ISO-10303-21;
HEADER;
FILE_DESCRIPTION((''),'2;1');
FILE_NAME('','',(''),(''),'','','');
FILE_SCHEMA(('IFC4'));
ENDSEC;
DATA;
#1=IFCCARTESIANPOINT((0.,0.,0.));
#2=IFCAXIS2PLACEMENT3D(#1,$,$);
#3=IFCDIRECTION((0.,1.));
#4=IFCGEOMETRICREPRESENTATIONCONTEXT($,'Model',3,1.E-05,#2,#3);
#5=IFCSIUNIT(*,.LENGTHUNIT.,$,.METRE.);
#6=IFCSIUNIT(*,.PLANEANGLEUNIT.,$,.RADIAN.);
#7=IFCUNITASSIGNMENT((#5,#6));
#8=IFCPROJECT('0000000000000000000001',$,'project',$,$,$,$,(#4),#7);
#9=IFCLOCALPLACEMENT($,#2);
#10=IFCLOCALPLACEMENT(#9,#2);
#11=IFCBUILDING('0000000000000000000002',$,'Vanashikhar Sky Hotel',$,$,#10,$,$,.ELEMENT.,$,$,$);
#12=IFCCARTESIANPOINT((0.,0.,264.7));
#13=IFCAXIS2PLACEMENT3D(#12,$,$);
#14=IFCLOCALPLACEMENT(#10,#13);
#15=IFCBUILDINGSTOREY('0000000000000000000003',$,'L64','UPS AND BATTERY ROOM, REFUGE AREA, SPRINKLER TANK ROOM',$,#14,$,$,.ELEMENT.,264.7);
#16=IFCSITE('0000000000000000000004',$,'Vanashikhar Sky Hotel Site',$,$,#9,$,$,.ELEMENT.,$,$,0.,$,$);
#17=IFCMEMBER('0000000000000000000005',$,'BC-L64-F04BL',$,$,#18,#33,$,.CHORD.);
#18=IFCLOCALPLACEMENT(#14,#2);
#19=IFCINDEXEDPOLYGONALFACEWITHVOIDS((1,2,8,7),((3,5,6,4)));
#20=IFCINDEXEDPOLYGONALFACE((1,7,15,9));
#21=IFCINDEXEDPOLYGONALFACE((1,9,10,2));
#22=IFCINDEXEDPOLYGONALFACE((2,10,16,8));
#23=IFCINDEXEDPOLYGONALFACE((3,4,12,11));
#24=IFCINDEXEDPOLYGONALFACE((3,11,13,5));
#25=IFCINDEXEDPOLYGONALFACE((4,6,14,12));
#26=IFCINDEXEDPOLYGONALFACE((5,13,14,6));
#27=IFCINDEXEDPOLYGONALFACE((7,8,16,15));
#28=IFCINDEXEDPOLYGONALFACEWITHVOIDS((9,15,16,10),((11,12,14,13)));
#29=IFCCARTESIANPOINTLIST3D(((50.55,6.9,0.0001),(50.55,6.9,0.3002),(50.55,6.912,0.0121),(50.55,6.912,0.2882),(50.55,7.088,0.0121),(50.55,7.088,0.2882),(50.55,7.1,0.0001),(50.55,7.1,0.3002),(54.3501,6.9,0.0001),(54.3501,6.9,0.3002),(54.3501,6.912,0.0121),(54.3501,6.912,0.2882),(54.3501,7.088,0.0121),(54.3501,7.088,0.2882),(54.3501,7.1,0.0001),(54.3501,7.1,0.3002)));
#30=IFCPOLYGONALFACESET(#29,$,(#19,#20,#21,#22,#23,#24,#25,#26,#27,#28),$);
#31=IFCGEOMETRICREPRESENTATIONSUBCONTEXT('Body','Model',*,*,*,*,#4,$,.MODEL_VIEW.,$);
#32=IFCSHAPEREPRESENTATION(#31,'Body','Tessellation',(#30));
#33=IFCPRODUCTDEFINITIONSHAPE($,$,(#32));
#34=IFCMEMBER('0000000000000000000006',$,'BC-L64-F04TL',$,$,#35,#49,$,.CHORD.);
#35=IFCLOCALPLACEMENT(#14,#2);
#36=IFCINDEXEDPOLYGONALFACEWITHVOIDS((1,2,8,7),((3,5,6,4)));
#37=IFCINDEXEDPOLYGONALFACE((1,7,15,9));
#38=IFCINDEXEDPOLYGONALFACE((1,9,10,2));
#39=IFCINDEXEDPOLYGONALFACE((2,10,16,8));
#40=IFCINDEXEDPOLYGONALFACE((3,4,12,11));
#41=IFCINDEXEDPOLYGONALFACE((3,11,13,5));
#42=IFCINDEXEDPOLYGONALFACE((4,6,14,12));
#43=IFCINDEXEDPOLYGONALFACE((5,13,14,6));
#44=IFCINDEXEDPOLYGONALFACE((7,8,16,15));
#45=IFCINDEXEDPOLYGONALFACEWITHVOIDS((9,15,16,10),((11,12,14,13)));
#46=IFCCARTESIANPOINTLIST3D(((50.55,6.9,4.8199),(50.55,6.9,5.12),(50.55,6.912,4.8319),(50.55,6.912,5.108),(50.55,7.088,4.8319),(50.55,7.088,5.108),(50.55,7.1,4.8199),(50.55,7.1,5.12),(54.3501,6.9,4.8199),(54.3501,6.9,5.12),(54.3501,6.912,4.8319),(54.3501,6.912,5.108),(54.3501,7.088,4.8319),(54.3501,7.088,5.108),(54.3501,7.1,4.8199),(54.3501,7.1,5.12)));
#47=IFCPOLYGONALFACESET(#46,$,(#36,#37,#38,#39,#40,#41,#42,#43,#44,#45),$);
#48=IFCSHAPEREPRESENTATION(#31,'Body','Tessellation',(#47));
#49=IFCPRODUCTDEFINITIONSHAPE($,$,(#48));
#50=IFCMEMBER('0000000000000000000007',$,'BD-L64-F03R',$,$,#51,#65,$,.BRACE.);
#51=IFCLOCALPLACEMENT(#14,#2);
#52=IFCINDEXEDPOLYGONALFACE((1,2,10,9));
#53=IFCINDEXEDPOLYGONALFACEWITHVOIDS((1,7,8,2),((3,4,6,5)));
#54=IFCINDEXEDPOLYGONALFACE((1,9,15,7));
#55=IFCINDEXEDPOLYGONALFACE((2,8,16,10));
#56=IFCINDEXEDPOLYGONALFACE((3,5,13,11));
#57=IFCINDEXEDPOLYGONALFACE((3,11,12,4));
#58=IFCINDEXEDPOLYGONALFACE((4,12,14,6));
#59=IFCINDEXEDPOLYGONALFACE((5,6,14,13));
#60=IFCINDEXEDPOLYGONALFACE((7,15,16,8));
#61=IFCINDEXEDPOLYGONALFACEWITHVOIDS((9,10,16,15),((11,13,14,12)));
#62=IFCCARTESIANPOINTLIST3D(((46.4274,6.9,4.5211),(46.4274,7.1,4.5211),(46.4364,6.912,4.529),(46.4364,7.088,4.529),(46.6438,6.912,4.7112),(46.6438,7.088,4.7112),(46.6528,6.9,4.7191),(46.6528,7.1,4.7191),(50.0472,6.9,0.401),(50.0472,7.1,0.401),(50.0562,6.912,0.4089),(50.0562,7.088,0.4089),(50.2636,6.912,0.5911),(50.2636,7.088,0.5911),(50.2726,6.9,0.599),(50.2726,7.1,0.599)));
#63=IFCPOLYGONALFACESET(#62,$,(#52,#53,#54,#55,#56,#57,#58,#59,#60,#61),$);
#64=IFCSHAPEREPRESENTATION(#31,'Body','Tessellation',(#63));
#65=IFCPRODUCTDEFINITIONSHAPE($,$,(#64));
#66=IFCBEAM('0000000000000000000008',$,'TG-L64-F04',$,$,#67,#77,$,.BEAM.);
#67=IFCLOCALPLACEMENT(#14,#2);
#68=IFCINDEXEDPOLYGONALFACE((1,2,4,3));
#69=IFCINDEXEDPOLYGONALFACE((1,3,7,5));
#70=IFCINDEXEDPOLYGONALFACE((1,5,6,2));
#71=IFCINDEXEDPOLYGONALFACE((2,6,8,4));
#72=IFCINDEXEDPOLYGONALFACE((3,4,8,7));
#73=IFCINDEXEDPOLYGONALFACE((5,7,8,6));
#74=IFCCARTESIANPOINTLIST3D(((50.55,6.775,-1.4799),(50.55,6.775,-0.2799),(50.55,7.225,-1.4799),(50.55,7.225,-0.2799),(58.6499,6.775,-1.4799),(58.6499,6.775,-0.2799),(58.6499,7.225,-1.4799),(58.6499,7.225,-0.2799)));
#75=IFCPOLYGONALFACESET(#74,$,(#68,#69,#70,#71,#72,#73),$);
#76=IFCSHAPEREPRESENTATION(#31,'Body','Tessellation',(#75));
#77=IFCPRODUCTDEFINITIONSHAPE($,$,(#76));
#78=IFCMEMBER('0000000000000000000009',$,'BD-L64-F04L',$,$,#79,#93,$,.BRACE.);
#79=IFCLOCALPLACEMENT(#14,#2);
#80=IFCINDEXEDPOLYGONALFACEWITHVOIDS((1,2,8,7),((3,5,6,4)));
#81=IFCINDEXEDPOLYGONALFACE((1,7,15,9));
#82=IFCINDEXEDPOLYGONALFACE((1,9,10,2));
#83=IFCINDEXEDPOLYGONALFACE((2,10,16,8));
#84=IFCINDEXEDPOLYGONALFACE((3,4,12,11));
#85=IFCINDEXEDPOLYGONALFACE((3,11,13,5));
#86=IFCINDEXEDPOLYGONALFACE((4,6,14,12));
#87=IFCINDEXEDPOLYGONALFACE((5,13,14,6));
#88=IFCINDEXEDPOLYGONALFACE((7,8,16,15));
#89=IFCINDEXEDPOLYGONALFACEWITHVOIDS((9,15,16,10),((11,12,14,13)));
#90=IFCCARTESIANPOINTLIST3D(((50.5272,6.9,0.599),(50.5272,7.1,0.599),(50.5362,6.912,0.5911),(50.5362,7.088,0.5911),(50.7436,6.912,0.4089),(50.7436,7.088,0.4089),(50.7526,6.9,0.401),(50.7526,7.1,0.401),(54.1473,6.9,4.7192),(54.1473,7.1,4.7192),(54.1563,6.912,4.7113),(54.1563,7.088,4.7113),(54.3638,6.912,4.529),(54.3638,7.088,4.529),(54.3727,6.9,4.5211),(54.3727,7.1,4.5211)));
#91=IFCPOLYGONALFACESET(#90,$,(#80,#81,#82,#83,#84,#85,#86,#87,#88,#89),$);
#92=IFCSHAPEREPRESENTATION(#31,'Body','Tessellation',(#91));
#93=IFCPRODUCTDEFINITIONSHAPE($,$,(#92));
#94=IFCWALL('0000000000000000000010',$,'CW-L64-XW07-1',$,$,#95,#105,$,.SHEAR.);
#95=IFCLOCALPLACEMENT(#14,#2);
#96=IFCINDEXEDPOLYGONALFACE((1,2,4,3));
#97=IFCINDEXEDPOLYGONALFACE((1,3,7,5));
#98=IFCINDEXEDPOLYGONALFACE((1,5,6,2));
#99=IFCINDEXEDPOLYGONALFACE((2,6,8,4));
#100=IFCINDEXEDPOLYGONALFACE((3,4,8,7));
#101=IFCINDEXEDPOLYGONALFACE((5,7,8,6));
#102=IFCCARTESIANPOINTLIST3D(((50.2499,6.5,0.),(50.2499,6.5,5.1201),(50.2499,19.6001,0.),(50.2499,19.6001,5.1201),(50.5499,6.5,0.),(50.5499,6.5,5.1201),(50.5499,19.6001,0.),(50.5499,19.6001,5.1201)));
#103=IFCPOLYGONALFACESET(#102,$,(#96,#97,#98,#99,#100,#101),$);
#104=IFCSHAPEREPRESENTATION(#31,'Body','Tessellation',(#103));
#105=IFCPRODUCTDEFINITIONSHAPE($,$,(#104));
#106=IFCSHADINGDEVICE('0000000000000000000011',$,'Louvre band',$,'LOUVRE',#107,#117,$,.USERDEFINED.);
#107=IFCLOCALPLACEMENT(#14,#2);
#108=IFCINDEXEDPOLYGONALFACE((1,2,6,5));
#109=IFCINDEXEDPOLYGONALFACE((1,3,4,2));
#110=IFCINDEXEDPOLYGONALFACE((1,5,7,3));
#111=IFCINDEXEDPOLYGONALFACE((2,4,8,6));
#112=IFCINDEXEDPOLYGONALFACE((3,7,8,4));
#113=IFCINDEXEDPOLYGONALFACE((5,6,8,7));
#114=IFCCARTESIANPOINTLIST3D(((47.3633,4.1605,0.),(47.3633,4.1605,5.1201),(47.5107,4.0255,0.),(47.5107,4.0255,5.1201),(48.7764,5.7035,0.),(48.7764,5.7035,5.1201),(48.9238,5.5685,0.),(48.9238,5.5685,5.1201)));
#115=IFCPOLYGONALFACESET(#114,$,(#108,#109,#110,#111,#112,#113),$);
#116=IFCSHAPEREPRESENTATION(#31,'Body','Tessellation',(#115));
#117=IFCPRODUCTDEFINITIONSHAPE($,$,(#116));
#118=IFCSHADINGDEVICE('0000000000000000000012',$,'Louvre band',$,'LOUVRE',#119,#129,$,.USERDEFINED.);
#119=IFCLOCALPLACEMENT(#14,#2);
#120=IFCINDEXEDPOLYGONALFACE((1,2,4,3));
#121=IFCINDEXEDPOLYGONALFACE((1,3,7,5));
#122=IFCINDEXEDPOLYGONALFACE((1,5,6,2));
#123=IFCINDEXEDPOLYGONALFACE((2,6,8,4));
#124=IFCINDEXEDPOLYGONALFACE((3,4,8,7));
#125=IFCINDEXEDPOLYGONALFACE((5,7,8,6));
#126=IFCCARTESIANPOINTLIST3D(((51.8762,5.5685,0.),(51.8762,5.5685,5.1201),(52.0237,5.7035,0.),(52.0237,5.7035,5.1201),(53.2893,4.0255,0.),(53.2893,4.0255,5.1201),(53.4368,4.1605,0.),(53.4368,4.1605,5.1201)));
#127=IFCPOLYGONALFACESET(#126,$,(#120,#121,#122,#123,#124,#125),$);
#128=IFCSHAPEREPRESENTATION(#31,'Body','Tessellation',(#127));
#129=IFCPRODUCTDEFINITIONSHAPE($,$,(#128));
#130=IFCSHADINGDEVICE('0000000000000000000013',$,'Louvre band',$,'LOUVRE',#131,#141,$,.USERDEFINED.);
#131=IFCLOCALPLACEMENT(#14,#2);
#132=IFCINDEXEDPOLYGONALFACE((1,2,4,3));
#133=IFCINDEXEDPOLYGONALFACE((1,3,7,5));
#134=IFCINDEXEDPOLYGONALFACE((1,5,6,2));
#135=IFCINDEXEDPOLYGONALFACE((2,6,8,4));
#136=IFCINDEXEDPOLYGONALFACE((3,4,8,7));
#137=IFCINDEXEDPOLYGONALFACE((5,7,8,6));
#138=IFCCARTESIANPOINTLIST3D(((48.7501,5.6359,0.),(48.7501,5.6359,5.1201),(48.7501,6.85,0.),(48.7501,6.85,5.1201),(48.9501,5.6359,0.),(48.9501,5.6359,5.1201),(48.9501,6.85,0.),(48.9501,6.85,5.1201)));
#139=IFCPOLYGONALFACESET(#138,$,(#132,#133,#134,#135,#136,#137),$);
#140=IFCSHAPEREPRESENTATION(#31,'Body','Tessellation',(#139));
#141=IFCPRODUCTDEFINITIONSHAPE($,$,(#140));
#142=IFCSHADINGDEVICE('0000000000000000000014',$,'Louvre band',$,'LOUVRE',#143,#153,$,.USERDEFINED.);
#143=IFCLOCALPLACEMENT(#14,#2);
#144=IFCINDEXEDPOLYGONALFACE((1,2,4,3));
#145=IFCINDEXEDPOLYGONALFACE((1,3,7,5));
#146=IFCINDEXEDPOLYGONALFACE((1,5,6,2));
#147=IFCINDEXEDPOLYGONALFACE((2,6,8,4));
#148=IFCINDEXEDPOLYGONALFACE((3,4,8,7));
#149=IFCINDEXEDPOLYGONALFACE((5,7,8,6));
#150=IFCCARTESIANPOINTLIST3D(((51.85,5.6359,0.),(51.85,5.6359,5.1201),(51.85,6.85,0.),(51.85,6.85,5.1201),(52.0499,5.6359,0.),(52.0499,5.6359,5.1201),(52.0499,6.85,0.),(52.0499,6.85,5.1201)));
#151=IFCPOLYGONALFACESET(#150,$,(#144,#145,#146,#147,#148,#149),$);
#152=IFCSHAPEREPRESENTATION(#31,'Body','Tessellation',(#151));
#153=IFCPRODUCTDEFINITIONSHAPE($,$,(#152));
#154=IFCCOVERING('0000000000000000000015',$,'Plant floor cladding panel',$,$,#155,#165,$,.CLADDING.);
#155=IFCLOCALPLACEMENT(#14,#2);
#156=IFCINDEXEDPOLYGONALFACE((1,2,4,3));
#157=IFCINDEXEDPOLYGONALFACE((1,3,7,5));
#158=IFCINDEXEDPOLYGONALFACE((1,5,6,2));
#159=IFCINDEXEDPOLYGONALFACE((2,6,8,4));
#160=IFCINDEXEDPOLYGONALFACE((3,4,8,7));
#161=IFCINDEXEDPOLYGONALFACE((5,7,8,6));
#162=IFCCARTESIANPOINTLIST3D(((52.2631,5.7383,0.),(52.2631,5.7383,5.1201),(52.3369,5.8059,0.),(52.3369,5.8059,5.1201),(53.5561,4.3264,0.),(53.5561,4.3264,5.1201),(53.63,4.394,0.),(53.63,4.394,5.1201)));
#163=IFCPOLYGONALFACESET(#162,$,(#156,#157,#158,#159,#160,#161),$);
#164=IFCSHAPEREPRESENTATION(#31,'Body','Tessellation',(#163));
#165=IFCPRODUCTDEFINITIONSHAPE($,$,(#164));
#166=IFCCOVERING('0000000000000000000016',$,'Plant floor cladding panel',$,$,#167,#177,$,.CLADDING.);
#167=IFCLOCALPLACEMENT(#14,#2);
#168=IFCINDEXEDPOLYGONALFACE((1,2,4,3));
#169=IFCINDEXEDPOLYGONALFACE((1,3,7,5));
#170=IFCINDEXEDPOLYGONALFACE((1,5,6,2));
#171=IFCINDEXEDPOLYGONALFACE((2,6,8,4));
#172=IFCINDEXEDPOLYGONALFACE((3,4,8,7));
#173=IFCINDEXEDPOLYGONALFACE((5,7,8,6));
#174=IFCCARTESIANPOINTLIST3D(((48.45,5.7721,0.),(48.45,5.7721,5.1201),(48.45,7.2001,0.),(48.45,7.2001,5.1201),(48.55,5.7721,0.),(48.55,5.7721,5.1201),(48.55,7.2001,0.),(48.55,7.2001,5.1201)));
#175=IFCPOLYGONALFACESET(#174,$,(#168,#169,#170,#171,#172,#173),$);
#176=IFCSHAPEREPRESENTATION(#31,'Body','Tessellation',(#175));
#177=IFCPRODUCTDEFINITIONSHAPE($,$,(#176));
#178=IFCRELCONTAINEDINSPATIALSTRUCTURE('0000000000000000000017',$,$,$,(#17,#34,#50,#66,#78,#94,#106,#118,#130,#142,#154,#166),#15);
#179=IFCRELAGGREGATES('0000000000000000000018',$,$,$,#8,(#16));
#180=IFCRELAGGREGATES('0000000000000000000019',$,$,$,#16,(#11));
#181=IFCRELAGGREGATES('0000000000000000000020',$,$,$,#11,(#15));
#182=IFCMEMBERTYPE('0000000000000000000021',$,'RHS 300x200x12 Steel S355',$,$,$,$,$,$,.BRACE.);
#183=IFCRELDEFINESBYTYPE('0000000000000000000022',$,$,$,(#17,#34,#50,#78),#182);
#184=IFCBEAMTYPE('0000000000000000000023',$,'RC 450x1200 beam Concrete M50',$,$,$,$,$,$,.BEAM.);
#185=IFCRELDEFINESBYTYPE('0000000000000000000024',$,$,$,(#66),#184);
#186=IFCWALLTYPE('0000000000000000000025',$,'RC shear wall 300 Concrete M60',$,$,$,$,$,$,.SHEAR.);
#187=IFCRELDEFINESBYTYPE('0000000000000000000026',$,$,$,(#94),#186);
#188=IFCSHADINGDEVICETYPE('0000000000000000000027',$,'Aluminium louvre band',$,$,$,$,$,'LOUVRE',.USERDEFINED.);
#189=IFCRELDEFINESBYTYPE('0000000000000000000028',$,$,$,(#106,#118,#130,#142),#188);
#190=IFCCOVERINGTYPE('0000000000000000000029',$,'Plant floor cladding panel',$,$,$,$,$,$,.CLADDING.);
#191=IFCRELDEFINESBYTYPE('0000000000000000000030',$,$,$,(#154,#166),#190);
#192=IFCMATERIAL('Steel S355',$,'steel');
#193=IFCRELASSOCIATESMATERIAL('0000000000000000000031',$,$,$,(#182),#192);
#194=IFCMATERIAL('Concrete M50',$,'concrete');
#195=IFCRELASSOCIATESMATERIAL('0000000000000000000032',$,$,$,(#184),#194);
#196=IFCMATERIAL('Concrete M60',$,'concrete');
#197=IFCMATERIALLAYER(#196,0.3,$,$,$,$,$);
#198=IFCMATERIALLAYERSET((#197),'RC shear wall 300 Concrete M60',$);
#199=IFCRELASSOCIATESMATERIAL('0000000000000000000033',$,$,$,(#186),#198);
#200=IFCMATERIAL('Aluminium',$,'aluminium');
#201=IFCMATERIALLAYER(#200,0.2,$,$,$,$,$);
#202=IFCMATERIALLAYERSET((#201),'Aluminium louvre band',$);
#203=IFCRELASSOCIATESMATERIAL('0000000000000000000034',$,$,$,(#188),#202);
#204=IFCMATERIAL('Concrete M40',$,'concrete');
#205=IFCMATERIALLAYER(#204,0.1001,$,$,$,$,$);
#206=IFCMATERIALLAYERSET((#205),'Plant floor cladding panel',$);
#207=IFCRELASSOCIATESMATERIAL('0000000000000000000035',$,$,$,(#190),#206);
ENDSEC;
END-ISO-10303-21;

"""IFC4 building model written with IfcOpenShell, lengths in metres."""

from ifc_helpers import new_model, si_unit, direction, frame, frame_2d, origin, origin_2d, place, context, subcontext, project, spatial, rectangle, hollow_rectangle, extrude, source, transform, mapped, material, layer, layer_set, material_profile, profile_set, type_object, element, save


model = new_model("IFC4")

# Units and contexts
model_context = context("Model", 3, precision=1e-05, world=origin(), true_north=direction((0.0, 1.0)))
body_context = subcontext(model_context, "Body", "Model", "MODEL_VIEW")
ifc_project = project(units=[si_unit("LENGTHUNIT", "METRE"), si_unit("PLANEANGLEUNIT", "RADIAN")], contexts=[model_context])

# Site, building, storey
site_placement = place(None, origin())
site = spatial("IfcSite", under=ifc_project, at=site_placement, Name="Vanashikhar Sky Hotel Site", CompositionType="ELEMENT", RefElevation=0.0)
building_placement = place(site_placement, origin())
building = spatial("IfcBuilding", under=site, at=building_placement, Name="Vanashikhar Sky Hotel", CompositionType="ELEMENT")
storey_placement = place(building_placement, frame((0.0, 0.0, 264.7)))
storey = spatial("IfcBuildingStorey", under=building, at=storey_placement, Name="L64", Description="UPS AND BATTERY ROOM, REFUGE AREA, SPRINKLER TANK ROOM", CompositionType="ELEMENT", Elevation=264.7)

# Members
ifc_material_1 = material(Name="Steel S355", Category="steel")
ifc_material_profile_1 = material_profile(ifc_material_1, hollow_rectangle(XDim=0.2, YDim=0.3, WallThickness=0.012, at=origin_2d()))
ifc_profile_set_1 = profile_set([ifc_material_profile_1], Name="RHS 300x200x12 Steel S355")
member_type = type_object("IfcMemberType", Name="RHS 300x200x12 Steel S355", PredefinedType="BRACE", material=ifc_profile_set_1)
shared_shape_1 = source(origin(), body_context, "Body", "SweptSolid", [
    extrude(hollow_rectangle(XDim=0.2, YDim=0.3, WallThickness=0.012, at=origin_2d()), origin(), (0.0, 0.0, 1.0), 3.8),
])
for number, where, z_axis, x_axis, name in (
    (1, (50.55, 7.0, 0.1501), (1.0, 0.0, 0.0), (0.0, 1.0, 0.0), "BC-L64-F04BL"),
    (2, (50.55, 7.0, 4.97), (1.0, 0.0, 0.0), (0.0, 1.0, 0.0), "BC-L64-F04TL"),
):
    element("IfcMember", number, at=place(storey_placement, frame(where, z_axis=z_axis, x_axis=x_axis)), inside=storey, type_object=member_type, Name=name, PredefinedType="CHORD", context=body_context, shape_type="MappedRepresentation", body=[
        mapped(shared_shape_1, transform((0.0, 0.0, 0.0), scale=1.0)),
    ])
shared_shape_2 = source(origin(), body_context, "Body", "SweptSolid", [
    extrude(hollow_rectangle(XDim=0.2, YDim=0.3, WallThickness=0.012, at=origin_2d()), origin(), (0.0, 0.0, 1.0), 5.4844),
])
member_1_placement = place(storey_placement, frame((50.1599, 7.0, 0.5), z_axis=(-0.660029, 0.0, 0.75124), x_axis=(0.0, -1.0, 0.0)))
element("IfcMember", 3, at=member_1_placement, inside=storey, type_object=member_type, Name="BD-L64-F03R", PredefinedType="BRACE", context=body_context, shape_type="MappedRepresentation", body=[
    mapped(shared_shape_2, transform((0.0, 0.0, 0.0), scale=1.0)),
])

# Beam
ifc_material_2 = material(Name="Concrete M50", Category="concrete")
ifc_material_profile_2 = material_profile(ifc_material_2, rectangle(XDim=0.45, YDim=1.2, at=origin_2d()))
ifc_profile_set_2 = profile_set([ifc_material_profile_2], Name="RC 450x1200 beam Concrete M50")
beam_type = type_object("IfcBeamType", Name="RC 450x1200 beam Concrete M50", PredefinedType="BEAM", material=ifc_profile_set_2)
shared_shape_3 = source(origin(), body_context, "Body", "SweptSolid", [
    extrude(rectangle(XDim=0.45, YDim=1.2, at=origin_2d()), origin(), (0.0, 0.0, 1.0), 8.0999),
])
beam_placement = place(storey_placement, frame((50.55, 7.0, -0.8799), z_axis=(1.0, 0.0, 0.0), x_axis=(0.0, 1.0, 0.0)))
element("IfcBeam", 4, at=beam_placement, inside=storey, type_object=beam_type, Name="TG-L64-F04", PredefinedType="BEAM", context=body_context, shape_type="MappedRepresentation", body=[
    mapped(shared_shape_3, transform((0.0, 0.0, 0.0), scale=1.0)),
])

# Member
shared_shape_4 = source(origin(), body_context, "Body", "SweptSolid", [
    extrude(hollow_rectangle(XDim=0.2, YDim=0.3, WallThickness=0.012, at=origin_2d()), origin(), (0.0, 0.0, 1.0), 5.4846),
])
member_2_placement = place(storey_placement, frame((50.6399, 7.0, 0.5), z_axis=(0.660054, 0.0, 0.751218), x_axis=(0.0, 1.0, 0.0)))
element("IfcMember", 5, at=member_2_placement, inside=storey, type_object=member_type, Name="BD-L64-F04L", PredefinedType="BRACE", context=body_context, shape_type="MappedRepresentation", body=[
    mapped(shared_shape_4, transform((0.0, 0.0, 0.0), scale=1.0)),
])

# Wall
ifc_material_3 = material(Name="Concrete M60", Category="concrete")
ifc_layer_1 = layer(ifc_material_3, 0.3)
ifc_layer_set_1 = layer_set([ifc_layer_1], Name="RC shear wall 300 Concrete M60")
wall_type = type_object("IfcWallType", Name="RC shear wall 300 Concrete M60", PredefinedType="SHEAR", material=ifc_layer_set_1)
shared_shape_5 = source(origin(), body_context, "Body", "SweptSolid", [
    extrude(rectangle(XDim=13.1001, YDim=0.3, at=frame_2d((6.55, 0.0))), origin(), (0.0, 0.0, 1.0), 5.1201),
])
wall_placement = place(storey_placement, frame((50.3999, 6.5, 0.0), z_axis=(0.0, 0.0, 1.0), x_axis=(0.0, 1.0, 0.0)))
element("IfcWall", 6, at=wall_placement, inside=storey, type_object=wall_type, Name="CW-L64-XW07-1", PredefinedType="SHEAR", context=body_context, shape_type="MappedRepresentation", body=[
    mapped(shared_shape_5, transform((0.0, 0.0, 0.0), scale=1.0)),
])

# Shading devices
ifc_material_4 = material(Name="Aluminium", Category="aluminium")
ifc_layer_2 = layer(ifc_material_4, 0.2)
ifc_layer_set_2 = layer_set([ifc_layer_2], Name="Aluminium louvre band")
shading_device_type = type_object("IfcShadingDeviceType", Name="Aluminium louvre band", ElementType="LOUVRE", PredefinedType="USERDEFINED", material=ifc_layer_set_2)
shared_shape_6 = source(origin(), body_context, "Body", "SweptSolid", [
    extrude(rectangle(XDim=2.0923, YDim=0.2, at=origin_2d()), origin(), (0.0, 0.0, 1.0), 5.1201),
])
for number, where, z_axis, x_axis, name in (
    (7, (48.1436, 4.8645, 0.0), (0.0, 0.0, 1.0), (0.675384, 0.737466, 0.0), "Louvre band"),
    (8, (52.6565, 4.8645, 0.0), (0.0, 0.0, 1.0), (0.675384, -0.737466, 0.0), "Louvre band"),
):
    element("IfcShadingDevice", number, at=place(storey_placement, frame(where, z_axis=z_axis, x_axis=x_axis)), inside=storey, type_object=shading_device_type, Name=name, ObjectType="LOUVRE", PredefinedType="USERDEFINED", context=body_context, shape_type="MappedRepresentation", body=[
        mapped(shared_shape_6, transform((0.0, 0.0, 0.0), scale=1.0)),
    ])
shared_shape_7 = source(origin(), body_context, "Body", "SweptSolid", [
    extrude(rectangle(XDim=1.2141, YDim=0.2, at=origin_2d()), origin(), (0.0, 0.0, 1.0), 5.1201),
])
for number, where, z_axis, x_axis, name in (
    (9, (48.8501, 6.2429, 0.0), (0.0, 0.0, 1.0), (0.0, 1.0, 0.0), "Louvre band"),
    (10, (51.95, 6.2429, 0.0), (0.0, 0.0, 1.0), (0.0, -1.0, 0.0), "Louvre band"),
):
    element("IfcShadingDevice", number, at=place(storey_placement, frame(where, z_axis=z_axis, x_axis=x_axis)), inside=storey, type_object=shading_device_type, Name=name, ObjectType="LOUVRE", PredefinedType="USERDEFINED", context=body_context, shape_type="MappedRepresentation", body=[
        mapped(shared_shape_7, transform((0.0, 0.0, 0.0), scale=1.0)),
    ])

# Coverings
ifc_material_5 = material(Name="Concrete M40", Category="concrete")
ifc_layer_3 = layer(ifc_material_5, 0.1001)
ifc_layer_set_3 = layer_set([ifc_layer_3], Name="Plant floor cladding panel")
covering_type_1 = type_object("IfcCoveringType", Name="Plant floor cladding panel", PredefinedType="CLADDING", material=ifc_layer_set_3)
shared_shape_8 = source(origin(), body_context, "Body", "SweptSolid", [
    extrude(rectangle(XDim=1.9146, YDim=0.1001, at=origin_2d()), origin(), (0.0, 0.0, 1.0), 5.1201),
])
covering_placement = place(storey_placement, frame((52.9465, 5.0662, 0.0), z_axis=(0.0, 0.0, 1.0), x_axis=(0.675371, -0.737478, 0.0)))
element("IfcCovering", 11, at=covering_placement, inside=storey, type_object=covering_type_1, Name="Plant floor cladding panel", PredefinedType="CLADDING", context=body_context, shape_type="MappedRepresentation", body=[
    mapped(shared_shape_8, transform((0.0, 0.0, 0.0), scale=1.0)),
])
shared_shape_9 = source(origin(), body_context, "Body", "SweptSolid", [
    extrude(rectangle(XDim=1.428, YDim=0.1001, at=origin_2d()), origin(), (0.0, 0.0, 1.0), 5.1201),
])
for number, where, z_axis, x_axis, name in (
    (12, (48.5, 6.4861, 0.0), (0.0, 0.0, 1.0), (0.0, 1.0, 0.0), "Plant floor cladding panel"),
):
    element("IfcCovering", number, at=place(storey_placement, frame(where, z_axis=z_axis, x_axis=x_axis)), inside=storey, type_object=covering_type_1, Name=name, PredefinedType="CLADDING", context=body_context, shape_type="MappedRepresentation", body=[
        mapped(shared_shape_9, transform((0.0, 0.0, 0.0), scale=1.0)),
    ])

save(model, "model.ifc")
